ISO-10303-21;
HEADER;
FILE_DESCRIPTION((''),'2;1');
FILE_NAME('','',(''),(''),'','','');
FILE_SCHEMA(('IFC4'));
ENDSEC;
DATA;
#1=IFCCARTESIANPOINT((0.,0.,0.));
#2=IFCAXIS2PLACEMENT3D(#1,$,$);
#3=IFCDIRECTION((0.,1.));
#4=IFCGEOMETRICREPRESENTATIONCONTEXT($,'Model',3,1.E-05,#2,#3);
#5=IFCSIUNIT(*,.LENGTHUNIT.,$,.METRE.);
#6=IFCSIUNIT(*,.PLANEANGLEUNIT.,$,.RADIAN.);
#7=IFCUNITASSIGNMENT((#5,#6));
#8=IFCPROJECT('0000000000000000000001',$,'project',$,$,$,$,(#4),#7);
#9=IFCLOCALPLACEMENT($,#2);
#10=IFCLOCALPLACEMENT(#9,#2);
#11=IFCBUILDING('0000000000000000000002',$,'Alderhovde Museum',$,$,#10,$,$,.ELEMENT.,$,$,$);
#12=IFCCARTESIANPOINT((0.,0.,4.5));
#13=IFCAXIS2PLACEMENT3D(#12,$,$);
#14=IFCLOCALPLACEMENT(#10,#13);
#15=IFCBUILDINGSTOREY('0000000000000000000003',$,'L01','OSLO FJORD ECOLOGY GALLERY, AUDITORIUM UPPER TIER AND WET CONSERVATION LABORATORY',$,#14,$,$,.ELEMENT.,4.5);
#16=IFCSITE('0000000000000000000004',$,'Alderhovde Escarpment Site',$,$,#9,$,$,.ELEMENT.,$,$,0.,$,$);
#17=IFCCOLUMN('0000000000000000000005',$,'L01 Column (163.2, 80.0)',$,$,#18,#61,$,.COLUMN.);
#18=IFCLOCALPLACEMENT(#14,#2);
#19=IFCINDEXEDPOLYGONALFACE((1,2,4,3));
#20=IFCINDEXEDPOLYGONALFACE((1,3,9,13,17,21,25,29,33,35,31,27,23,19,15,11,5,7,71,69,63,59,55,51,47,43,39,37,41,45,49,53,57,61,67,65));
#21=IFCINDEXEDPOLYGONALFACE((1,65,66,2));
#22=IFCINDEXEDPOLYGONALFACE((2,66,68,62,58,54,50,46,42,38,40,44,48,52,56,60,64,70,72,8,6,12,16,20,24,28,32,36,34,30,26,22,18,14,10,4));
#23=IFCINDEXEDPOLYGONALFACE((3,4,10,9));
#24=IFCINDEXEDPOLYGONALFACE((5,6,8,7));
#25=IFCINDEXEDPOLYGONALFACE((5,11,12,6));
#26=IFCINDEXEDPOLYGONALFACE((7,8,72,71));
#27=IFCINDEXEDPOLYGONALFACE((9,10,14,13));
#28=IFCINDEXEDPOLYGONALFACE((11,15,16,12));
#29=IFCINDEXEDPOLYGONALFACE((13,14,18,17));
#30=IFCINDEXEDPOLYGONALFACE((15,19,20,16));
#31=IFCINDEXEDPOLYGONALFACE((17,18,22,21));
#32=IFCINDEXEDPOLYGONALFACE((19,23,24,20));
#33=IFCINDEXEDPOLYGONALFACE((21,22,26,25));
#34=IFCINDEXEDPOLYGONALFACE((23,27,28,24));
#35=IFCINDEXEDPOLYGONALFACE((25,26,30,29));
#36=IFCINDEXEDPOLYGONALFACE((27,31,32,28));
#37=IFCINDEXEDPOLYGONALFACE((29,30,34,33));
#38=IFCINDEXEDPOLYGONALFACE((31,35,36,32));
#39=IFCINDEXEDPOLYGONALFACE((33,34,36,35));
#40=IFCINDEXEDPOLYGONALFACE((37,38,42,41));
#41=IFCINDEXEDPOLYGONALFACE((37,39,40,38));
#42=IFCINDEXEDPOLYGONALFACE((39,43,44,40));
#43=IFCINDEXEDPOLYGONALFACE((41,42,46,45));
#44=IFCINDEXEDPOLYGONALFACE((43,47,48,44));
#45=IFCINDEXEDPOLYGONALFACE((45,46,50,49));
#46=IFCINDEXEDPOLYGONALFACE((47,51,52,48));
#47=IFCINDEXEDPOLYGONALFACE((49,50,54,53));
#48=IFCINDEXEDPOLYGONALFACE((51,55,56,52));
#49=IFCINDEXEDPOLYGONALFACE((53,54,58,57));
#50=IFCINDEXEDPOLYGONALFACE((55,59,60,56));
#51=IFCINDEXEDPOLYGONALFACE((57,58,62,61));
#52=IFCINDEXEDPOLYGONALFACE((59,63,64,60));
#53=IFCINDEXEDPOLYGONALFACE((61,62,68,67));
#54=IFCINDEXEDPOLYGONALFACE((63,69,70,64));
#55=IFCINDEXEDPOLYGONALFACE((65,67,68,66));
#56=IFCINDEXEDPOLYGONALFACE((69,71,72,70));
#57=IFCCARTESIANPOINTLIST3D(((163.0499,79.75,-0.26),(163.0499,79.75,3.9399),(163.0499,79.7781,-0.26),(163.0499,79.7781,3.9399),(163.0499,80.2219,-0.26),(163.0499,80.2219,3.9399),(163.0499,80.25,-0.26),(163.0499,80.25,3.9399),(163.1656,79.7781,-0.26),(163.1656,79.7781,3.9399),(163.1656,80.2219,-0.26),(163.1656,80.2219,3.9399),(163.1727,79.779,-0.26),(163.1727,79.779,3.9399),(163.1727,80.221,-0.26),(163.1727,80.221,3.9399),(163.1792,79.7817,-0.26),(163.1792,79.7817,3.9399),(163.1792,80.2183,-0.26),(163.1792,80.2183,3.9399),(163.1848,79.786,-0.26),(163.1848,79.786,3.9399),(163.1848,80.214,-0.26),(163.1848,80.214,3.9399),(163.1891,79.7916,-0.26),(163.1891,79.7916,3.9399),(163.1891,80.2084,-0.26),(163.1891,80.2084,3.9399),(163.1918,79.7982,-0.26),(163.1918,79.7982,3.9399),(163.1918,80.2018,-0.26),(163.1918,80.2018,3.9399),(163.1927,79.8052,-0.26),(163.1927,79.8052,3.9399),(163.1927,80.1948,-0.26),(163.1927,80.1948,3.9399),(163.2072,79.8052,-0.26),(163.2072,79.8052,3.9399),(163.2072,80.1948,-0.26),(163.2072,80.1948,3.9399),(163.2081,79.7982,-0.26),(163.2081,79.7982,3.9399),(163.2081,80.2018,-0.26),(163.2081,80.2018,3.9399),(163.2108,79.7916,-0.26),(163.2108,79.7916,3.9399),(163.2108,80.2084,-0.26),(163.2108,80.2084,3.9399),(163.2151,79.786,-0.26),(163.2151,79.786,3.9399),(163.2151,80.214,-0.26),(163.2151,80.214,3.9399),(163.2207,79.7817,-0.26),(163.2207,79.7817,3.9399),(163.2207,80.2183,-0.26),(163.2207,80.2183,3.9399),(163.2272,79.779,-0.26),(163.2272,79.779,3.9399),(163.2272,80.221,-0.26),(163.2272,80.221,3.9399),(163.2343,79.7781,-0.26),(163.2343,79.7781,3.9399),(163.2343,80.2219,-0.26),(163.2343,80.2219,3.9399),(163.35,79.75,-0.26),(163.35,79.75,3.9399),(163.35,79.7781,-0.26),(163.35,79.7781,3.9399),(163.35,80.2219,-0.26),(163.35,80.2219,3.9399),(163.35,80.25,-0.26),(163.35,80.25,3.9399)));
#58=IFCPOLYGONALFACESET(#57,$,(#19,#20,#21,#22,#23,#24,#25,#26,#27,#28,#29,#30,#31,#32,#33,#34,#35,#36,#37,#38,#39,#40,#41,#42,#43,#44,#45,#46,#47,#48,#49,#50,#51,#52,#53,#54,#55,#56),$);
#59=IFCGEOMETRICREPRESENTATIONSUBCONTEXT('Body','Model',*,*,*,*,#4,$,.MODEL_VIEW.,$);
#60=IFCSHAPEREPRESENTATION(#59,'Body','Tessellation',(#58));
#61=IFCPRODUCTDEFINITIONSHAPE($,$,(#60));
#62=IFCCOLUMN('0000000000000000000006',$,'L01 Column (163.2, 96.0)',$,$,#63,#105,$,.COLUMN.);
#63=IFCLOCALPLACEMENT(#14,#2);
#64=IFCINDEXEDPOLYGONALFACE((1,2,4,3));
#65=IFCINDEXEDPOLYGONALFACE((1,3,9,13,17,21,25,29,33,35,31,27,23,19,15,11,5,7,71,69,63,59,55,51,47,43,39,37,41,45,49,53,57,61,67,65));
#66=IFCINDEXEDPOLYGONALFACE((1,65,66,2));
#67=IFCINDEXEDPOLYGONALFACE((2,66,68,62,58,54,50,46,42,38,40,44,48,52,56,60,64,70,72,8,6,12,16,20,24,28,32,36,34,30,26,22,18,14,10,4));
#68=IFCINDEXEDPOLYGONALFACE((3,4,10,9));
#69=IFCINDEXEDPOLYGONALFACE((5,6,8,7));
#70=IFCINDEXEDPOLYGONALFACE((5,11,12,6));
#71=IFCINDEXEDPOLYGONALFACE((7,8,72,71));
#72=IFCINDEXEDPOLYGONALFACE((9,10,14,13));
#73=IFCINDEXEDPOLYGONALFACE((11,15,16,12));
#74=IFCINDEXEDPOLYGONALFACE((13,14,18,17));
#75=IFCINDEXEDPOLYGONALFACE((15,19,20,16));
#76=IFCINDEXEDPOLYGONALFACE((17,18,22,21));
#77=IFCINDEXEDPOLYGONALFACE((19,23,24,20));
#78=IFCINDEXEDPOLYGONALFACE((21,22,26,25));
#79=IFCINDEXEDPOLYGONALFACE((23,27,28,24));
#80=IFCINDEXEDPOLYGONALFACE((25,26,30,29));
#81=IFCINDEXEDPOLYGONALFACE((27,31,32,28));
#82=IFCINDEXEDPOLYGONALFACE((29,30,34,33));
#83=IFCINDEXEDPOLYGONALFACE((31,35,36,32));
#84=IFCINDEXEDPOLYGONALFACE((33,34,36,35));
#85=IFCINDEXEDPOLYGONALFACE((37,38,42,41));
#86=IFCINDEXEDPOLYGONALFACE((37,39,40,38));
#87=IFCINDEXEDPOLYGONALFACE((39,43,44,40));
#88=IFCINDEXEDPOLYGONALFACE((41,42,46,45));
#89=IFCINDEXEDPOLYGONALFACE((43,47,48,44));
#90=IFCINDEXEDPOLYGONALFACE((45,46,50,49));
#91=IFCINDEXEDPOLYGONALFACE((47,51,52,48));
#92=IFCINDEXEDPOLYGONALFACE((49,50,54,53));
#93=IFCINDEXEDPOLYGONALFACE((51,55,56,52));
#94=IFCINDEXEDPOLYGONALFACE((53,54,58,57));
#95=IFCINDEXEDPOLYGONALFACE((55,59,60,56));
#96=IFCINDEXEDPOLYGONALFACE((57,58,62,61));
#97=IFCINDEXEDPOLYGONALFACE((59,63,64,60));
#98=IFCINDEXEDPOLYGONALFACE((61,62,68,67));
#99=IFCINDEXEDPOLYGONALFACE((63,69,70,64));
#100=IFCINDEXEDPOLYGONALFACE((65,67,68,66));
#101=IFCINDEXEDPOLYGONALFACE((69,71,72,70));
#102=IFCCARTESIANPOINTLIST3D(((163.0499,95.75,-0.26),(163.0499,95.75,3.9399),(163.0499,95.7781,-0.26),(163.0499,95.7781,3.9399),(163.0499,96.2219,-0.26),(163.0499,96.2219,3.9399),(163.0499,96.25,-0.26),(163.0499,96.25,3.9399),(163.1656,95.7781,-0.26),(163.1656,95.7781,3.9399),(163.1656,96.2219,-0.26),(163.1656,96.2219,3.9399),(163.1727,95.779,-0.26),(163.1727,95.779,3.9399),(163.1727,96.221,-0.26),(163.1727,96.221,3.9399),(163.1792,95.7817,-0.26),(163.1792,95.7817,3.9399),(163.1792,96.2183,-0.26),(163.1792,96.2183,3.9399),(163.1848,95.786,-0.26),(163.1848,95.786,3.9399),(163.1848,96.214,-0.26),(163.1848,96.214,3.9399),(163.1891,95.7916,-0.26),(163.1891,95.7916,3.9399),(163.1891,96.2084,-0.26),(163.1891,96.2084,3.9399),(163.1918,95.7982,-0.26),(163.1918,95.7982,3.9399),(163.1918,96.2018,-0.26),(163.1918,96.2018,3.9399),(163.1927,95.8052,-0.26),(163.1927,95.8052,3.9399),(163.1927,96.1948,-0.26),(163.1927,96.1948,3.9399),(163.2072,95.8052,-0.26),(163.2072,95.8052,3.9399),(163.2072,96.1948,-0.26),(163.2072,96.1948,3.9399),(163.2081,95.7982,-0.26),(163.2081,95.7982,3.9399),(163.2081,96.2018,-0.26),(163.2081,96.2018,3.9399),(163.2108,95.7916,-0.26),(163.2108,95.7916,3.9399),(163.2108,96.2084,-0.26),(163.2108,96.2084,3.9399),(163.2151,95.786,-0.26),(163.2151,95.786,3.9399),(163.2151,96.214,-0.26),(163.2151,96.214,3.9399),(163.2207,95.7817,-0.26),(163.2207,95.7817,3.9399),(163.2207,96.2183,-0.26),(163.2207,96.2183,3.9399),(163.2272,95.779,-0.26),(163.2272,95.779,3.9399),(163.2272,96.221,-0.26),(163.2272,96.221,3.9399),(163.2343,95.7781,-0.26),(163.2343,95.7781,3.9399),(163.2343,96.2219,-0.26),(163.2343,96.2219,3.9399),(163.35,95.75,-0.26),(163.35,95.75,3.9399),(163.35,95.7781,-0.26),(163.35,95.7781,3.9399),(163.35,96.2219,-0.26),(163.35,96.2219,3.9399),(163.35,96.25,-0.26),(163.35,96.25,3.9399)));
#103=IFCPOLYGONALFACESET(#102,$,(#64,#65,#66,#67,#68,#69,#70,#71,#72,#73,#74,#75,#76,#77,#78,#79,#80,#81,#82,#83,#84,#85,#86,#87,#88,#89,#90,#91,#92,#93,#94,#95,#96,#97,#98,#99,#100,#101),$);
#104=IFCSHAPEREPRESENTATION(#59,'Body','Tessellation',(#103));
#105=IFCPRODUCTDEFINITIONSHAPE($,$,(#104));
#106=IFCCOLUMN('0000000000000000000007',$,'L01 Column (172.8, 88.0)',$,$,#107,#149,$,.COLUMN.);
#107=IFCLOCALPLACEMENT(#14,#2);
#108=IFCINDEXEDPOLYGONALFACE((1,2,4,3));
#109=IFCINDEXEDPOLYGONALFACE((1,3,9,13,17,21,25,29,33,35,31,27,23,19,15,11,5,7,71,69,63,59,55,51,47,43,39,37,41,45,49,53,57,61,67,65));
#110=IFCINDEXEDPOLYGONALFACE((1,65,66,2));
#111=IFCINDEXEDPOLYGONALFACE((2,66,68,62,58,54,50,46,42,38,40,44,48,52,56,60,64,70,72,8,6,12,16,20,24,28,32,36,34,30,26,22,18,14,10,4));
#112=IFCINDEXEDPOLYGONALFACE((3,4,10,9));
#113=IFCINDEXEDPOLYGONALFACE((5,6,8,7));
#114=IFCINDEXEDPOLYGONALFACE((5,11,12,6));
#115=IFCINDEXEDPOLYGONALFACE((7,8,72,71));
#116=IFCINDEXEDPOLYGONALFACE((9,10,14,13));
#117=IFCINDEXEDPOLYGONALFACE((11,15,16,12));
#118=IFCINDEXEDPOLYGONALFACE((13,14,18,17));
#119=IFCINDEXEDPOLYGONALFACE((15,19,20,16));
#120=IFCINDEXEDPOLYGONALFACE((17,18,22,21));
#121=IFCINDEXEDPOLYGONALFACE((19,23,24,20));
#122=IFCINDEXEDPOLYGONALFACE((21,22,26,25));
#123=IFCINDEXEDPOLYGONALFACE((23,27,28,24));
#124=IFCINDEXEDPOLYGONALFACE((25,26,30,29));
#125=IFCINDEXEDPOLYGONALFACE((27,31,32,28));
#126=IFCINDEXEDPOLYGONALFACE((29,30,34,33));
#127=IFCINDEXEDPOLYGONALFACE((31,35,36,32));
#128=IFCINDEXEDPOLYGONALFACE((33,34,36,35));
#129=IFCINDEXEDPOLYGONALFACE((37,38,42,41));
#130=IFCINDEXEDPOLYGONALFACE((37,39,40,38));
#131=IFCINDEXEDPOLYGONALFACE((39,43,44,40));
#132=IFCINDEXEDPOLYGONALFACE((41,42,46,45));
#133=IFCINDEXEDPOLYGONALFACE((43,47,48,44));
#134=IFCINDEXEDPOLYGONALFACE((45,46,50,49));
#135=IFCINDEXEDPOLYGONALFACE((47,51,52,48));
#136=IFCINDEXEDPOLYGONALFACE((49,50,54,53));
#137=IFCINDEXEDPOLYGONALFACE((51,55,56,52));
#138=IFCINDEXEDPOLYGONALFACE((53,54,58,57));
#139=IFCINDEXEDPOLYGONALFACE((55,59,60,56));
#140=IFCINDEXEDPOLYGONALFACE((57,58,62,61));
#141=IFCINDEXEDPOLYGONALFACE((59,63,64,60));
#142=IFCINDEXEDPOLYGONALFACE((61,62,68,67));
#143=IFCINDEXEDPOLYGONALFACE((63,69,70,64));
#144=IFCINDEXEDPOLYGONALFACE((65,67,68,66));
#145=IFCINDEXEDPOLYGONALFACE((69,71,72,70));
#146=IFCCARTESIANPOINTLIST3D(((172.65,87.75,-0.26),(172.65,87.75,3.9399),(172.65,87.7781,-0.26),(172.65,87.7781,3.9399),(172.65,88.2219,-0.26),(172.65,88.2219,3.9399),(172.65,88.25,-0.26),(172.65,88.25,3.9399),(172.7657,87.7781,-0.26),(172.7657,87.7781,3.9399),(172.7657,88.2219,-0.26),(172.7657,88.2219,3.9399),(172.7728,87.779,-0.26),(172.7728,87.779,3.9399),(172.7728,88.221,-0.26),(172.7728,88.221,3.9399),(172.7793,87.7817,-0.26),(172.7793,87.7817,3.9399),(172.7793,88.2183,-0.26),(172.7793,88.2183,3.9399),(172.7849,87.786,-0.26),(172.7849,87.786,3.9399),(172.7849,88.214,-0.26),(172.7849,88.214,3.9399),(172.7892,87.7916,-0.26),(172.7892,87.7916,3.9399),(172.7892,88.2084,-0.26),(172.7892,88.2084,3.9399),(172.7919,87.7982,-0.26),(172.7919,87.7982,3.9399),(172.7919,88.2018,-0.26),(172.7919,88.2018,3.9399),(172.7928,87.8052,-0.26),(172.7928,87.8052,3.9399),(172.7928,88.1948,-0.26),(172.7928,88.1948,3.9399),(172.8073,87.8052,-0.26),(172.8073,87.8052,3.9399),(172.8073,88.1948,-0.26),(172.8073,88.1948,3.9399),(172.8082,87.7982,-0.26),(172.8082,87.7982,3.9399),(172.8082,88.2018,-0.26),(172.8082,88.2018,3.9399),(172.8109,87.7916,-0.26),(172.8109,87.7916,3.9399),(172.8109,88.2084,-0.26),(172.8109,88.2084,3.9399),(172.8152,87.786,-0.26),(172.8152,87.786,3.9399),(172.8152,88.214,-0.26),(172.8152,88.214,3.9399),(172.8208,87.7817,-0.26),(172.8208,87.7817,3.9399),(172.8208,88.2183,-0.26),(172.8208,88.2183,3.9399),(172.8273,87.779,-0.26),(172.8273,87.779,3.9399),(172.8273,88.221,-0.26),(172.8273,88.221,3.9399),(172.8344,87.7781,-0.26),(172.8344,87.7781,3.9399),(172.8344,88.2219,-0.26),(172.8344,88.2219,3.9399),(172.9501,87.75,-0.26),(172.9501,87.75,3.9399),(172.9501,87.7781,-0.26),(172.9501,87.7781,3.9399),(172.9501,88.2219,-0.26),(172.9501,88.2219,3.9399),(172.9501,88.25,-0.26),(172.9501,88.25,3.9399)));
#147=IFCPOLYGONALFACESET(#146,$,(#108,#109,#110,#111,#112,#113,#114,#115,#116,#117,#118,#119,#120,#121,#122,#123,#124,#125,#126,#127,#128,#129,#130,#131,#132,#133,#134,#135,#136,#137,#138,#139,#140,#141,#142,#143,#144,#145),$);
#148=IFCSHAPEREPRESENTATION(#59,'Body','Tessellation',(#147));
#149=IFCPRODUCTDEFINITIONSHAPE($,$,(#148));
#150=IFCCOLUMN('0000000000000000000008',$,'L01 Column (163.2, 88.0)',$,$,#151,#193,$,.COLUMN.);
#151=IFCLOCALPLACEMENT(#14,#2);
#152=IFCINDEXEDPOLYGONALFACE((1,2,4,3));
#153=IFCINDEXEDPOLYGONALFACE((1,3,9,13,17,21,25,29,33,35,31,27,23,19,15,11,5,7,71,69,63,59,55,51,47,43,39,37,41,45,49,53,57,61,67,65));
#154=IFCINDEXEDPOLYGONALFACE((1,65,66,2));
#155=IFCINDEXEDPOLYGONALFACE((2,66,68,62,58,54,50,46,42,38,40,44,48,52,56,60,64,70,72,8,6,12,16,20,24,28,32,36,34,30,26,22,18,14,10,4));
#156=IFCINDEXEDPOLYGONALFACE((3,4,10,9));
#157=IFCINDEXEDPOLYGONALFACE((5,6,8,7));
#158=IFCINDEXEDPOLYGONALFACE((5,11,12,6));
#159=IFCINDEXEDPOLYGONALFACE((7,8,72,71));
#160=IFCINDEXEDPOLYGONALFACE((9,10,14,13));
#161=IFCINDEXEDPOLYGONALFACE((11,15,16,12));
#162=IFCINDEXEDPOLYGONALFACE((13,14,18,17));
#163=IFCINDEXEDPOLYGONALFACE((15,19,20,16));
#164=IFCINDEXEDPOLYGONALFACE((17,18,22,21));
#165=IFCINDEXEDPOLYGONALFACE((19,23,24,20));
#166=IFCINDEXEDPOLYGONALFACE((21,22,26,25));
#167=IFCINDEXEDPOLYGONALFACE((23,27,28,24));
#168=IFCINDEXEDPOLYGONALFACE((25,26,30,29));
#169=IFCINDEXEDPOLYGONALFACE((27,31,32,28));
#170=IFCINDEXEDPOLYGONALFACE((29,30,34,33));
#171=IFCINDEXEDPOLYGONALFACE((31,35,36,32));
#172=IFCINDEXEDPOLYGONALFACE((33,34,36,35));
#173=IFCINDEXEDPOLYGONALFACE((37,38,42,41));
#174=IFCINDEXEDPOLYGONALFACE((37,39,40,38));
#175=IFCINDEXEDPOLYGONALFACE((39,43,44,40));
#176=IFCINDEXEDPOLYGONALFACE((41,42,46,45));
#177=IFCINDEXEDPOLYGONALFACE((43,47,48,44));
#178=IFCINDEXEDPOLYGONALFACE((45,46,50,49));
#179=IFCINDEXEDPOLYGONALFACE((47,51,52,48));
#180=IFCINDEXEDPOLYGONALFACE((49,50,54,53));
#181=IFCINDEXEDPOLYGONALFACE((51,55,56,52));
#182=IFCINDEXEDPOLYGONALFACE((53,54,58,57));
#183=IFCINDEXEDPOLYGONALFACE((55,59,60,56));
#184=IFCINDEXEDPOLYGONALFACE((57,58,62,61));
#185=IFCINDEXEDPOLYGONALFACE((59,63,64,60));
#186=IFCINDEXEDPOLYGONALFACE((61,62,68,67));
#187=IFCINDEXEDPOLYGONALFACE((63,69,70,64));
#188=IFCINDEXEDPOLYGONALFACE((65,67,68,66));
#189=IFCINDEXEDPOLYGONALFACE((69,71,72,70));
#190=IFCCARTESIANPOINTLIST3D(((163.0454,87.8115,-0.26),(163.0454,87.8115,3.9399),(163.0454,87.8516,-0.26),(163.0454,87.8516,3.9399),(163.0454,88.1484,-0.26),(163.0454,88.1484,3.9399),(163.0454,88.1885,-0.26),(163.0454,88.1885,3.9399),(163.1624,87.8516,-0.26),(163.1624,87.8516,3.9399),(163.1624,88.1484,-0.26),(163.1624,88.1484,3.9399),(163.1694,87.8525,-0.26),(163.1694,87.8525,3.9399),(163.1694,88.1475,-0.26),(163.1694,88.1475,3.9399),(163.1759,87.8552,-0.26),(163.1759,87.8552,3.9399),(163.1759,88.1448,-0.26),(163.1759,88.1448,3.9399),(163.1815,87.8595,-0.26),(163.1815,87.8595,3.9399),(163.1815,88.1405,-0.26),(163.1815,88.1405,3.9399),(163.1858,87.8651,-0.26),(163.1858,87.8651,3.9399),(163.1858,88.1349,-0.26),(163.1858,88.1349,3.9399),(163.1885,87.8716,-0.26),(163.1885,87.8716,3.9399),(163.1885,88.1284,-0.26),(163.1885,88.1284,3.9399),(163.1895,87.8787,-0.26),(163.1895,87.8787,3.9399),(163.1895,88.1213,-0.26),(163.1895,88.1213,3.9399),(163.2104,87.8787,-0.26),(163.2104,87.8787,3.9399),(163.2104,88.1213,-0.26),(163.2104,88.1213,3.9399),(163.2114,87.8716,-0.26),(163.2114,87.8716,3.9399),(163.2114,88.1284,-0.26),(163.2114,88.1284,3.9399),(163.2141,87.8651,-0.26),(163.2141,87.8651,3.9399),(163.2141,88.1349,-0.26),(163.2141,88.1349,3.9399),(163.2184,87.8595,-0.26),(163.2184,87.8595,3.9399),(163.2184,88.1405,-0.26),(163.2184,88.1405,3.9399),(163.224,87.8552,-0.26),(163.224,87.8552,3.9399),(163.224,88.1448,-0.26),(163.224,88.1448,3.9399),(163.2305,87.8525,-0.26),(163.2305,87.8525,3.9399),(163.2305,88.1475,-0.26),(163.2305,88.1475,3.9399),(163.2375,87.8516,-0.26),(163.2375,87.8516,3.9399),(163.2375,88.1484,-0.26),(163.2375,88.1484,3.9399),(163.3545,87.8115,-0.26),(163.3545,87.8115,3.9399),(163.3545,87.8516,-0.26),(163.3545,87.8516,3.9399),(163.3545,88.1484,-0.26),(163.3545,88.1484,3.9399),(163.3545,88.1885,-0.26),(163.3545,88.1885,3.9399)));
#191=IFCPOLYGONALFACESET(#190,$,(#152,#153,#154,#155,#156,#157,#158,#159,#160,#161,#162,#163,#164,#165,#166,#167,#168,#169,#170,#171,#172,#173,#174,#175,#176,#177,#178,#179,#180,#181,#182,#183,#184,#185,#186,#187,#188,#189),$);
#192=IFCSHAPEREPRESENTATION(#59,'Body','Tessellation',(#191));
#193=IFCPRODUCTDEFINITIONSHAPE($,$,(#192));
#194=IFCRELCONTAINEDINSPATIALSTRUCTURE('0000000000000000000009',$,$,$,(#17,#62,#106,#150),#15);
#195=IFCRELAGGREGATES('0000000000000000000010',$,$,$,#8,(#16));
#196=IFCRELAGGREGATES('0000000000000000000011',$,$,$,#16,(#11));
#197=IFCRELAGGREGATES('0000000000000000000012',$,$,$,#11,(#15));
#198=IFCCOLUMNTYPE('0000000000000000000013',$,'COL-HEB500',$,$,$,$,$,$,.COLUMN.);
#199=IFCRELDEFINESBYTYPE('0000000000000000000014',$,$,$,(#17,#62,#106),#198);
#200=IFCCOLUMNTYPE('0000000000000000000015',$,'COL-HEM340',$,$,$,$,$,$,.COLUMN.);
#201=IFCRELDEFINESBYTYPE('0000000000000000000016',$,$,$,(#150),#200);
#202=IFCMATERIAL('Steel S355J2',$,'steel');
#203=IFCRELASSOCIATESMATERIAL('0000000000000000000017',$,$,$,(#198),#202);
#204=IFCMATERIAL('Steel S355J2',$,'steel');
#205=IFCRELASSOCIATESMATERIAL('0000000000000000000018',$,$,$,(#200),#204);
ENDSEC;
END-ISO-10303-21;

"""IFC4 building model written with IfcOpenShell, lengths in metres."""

from ifc_helpers import new_model, si_unit, direction, frame, origin, origin_2d, place, context, subcontext, project, spatial, i_section, extrude, material, material_profile, profile_set, type_object, element, save


model = new_model("IFC4")

# Units and contexts
model_context = context("Model", 3, precision=1e-05, world=origin(), true_north=direction((0.0, 1.0)))
body_context = subcontext(model_context, "Body", "Model", "MODEL_VIEW")
ifc_project = project(units=[si_unit("LENGTHUNIT", "METRE"), si_unit("PLANEANGLEUNIT", "RADIAN")], contexts=[model_context])

# Site, building, storey
site_placement = place(None, origin())
site = spatial("IfcSite", under=ifc_project, at=site_placement, Name="Alderhovde Escarpment Site", CompositionType="ELEMENT", RefElevation=0.0)
building_placement = place(site_placement, origin())
building = spatial("IfcBuilding", under=site, at=building_placement, Name="Alderhovde Museum", CompositionType="ELEMENT")
storey_placement = place(building_placement, frame((0.0, 0.0, 4.5)))
storey = spatial("IfcBuildingStorey", under=building, at=storey_placement, Name="L01", Description="OSLO FJORD ECOLOGY GALLERY, AUDITORIUM UPPER TIER AND WET CONSERVATION LABORATORY", CompositionType="ELEMENT", Elevation=4.5)

# Columns
ifc_material_1 = material(Name="Steel S355J2", Category="steel")
ifc_material_profile_1 = material_profile(ifc_material_1, i_section(OverallWidth=0.3, OverallDepth=0.5, WebThickness=0.0144, FlangeThickness=0.0281, FilletRadius=0.0271, at=origin_2d()), Name="HEB 500")
ifc_profile_set_1 = profile_set([ifc_material_profile_1], Name="Steel S355J2")
column_type_1 = type_object("IfcColumnType", Name="COL-HEB500", PredefinedType="COLUMN", material=ifc_profile_set_1)
for number, where, z_axis, x_axis, name in (
    (1, (163.2, 80.0, -0.26), (0.0, 0.0, 1.0), (1.0, 0.0, 0.0), "L01 Column (163.2, 80.0)"),
    (2, (163.2, 96.0, -0.26), (0.0, 0.0, 1.0), (1.0, 0.0, 0.0), "L01 Column (163.2, 96.0)"),
    (3, (172.8, 88.0, -0.26), (0.0, 0.0, 1.0), (1.0, 0.0, 0.0), "L01 Column (172.8, 88.0)"),
):
    element("IfcColumn", number, at=place(storey_placement, frame(where, z_axis=z_axis, x_axis=x_axis)), inside=storey, type_object=column_type_1, Name=name, PredefinedType="COLUMN", context=body_context, shape_type="SweptSolid", body=[
        extrude(i_section(OverallWidth=0.3, OverallDepth=0.5, WebThickness=0.0144, FlangeThickness=0.0281, FilletRadius=0.0271, at=origin_2d()), origin(), (0.0, 0.0, 1.0), 4.2),
    ])
ifc_material_2 = material(Name="Steel S355J2", Category="steel")
ifc_material_profile_2 = material_profile(ifc_material_2, i_section(OverallWidth=0.3091, OverallDepth=0.377, WebThickness=0.021, FlangeThickness=0.04, FilletRadius=0.0271, at=origin_2d()), Name="HEM 340")
ifc_profile_set_2 = profile_set([ifc_material_profile_2], Name="Steel S355J2")
column_type_2 = type_object("IfcColumnType", Name="COL-HEM340", PredefinedType="COLUMN", material=ifc_profile_set_2)
for number, where, z_axis, x_axis, name in (
    (4, (163.2, 88.0, -0.26), (0.0, 0.0, 1.0), (1.0, 0.0, 0.0), "L01 Column (163.2, 88.0)"),
):
    element("IfcColumn", number, at=place(storey_placement, frame(where, z_axis=z_axis, x_axis=x_axis)), inside=storey, type_object=column_type_2, Name=name, PredefinedType="COLUMN", context=body_context, shape_type="SweptSolid", body=[
        extrude(i_section(OverallWidth=0.3091, OverallDepth=0.377, WebThickness=0.021, FlangeThickness=0.04, FilletRadius=0.0271, at=origin_2d()), origin(), (0.0, 0.0, 1.0), 4.2),
    ])

save(model, "model.ifc")
